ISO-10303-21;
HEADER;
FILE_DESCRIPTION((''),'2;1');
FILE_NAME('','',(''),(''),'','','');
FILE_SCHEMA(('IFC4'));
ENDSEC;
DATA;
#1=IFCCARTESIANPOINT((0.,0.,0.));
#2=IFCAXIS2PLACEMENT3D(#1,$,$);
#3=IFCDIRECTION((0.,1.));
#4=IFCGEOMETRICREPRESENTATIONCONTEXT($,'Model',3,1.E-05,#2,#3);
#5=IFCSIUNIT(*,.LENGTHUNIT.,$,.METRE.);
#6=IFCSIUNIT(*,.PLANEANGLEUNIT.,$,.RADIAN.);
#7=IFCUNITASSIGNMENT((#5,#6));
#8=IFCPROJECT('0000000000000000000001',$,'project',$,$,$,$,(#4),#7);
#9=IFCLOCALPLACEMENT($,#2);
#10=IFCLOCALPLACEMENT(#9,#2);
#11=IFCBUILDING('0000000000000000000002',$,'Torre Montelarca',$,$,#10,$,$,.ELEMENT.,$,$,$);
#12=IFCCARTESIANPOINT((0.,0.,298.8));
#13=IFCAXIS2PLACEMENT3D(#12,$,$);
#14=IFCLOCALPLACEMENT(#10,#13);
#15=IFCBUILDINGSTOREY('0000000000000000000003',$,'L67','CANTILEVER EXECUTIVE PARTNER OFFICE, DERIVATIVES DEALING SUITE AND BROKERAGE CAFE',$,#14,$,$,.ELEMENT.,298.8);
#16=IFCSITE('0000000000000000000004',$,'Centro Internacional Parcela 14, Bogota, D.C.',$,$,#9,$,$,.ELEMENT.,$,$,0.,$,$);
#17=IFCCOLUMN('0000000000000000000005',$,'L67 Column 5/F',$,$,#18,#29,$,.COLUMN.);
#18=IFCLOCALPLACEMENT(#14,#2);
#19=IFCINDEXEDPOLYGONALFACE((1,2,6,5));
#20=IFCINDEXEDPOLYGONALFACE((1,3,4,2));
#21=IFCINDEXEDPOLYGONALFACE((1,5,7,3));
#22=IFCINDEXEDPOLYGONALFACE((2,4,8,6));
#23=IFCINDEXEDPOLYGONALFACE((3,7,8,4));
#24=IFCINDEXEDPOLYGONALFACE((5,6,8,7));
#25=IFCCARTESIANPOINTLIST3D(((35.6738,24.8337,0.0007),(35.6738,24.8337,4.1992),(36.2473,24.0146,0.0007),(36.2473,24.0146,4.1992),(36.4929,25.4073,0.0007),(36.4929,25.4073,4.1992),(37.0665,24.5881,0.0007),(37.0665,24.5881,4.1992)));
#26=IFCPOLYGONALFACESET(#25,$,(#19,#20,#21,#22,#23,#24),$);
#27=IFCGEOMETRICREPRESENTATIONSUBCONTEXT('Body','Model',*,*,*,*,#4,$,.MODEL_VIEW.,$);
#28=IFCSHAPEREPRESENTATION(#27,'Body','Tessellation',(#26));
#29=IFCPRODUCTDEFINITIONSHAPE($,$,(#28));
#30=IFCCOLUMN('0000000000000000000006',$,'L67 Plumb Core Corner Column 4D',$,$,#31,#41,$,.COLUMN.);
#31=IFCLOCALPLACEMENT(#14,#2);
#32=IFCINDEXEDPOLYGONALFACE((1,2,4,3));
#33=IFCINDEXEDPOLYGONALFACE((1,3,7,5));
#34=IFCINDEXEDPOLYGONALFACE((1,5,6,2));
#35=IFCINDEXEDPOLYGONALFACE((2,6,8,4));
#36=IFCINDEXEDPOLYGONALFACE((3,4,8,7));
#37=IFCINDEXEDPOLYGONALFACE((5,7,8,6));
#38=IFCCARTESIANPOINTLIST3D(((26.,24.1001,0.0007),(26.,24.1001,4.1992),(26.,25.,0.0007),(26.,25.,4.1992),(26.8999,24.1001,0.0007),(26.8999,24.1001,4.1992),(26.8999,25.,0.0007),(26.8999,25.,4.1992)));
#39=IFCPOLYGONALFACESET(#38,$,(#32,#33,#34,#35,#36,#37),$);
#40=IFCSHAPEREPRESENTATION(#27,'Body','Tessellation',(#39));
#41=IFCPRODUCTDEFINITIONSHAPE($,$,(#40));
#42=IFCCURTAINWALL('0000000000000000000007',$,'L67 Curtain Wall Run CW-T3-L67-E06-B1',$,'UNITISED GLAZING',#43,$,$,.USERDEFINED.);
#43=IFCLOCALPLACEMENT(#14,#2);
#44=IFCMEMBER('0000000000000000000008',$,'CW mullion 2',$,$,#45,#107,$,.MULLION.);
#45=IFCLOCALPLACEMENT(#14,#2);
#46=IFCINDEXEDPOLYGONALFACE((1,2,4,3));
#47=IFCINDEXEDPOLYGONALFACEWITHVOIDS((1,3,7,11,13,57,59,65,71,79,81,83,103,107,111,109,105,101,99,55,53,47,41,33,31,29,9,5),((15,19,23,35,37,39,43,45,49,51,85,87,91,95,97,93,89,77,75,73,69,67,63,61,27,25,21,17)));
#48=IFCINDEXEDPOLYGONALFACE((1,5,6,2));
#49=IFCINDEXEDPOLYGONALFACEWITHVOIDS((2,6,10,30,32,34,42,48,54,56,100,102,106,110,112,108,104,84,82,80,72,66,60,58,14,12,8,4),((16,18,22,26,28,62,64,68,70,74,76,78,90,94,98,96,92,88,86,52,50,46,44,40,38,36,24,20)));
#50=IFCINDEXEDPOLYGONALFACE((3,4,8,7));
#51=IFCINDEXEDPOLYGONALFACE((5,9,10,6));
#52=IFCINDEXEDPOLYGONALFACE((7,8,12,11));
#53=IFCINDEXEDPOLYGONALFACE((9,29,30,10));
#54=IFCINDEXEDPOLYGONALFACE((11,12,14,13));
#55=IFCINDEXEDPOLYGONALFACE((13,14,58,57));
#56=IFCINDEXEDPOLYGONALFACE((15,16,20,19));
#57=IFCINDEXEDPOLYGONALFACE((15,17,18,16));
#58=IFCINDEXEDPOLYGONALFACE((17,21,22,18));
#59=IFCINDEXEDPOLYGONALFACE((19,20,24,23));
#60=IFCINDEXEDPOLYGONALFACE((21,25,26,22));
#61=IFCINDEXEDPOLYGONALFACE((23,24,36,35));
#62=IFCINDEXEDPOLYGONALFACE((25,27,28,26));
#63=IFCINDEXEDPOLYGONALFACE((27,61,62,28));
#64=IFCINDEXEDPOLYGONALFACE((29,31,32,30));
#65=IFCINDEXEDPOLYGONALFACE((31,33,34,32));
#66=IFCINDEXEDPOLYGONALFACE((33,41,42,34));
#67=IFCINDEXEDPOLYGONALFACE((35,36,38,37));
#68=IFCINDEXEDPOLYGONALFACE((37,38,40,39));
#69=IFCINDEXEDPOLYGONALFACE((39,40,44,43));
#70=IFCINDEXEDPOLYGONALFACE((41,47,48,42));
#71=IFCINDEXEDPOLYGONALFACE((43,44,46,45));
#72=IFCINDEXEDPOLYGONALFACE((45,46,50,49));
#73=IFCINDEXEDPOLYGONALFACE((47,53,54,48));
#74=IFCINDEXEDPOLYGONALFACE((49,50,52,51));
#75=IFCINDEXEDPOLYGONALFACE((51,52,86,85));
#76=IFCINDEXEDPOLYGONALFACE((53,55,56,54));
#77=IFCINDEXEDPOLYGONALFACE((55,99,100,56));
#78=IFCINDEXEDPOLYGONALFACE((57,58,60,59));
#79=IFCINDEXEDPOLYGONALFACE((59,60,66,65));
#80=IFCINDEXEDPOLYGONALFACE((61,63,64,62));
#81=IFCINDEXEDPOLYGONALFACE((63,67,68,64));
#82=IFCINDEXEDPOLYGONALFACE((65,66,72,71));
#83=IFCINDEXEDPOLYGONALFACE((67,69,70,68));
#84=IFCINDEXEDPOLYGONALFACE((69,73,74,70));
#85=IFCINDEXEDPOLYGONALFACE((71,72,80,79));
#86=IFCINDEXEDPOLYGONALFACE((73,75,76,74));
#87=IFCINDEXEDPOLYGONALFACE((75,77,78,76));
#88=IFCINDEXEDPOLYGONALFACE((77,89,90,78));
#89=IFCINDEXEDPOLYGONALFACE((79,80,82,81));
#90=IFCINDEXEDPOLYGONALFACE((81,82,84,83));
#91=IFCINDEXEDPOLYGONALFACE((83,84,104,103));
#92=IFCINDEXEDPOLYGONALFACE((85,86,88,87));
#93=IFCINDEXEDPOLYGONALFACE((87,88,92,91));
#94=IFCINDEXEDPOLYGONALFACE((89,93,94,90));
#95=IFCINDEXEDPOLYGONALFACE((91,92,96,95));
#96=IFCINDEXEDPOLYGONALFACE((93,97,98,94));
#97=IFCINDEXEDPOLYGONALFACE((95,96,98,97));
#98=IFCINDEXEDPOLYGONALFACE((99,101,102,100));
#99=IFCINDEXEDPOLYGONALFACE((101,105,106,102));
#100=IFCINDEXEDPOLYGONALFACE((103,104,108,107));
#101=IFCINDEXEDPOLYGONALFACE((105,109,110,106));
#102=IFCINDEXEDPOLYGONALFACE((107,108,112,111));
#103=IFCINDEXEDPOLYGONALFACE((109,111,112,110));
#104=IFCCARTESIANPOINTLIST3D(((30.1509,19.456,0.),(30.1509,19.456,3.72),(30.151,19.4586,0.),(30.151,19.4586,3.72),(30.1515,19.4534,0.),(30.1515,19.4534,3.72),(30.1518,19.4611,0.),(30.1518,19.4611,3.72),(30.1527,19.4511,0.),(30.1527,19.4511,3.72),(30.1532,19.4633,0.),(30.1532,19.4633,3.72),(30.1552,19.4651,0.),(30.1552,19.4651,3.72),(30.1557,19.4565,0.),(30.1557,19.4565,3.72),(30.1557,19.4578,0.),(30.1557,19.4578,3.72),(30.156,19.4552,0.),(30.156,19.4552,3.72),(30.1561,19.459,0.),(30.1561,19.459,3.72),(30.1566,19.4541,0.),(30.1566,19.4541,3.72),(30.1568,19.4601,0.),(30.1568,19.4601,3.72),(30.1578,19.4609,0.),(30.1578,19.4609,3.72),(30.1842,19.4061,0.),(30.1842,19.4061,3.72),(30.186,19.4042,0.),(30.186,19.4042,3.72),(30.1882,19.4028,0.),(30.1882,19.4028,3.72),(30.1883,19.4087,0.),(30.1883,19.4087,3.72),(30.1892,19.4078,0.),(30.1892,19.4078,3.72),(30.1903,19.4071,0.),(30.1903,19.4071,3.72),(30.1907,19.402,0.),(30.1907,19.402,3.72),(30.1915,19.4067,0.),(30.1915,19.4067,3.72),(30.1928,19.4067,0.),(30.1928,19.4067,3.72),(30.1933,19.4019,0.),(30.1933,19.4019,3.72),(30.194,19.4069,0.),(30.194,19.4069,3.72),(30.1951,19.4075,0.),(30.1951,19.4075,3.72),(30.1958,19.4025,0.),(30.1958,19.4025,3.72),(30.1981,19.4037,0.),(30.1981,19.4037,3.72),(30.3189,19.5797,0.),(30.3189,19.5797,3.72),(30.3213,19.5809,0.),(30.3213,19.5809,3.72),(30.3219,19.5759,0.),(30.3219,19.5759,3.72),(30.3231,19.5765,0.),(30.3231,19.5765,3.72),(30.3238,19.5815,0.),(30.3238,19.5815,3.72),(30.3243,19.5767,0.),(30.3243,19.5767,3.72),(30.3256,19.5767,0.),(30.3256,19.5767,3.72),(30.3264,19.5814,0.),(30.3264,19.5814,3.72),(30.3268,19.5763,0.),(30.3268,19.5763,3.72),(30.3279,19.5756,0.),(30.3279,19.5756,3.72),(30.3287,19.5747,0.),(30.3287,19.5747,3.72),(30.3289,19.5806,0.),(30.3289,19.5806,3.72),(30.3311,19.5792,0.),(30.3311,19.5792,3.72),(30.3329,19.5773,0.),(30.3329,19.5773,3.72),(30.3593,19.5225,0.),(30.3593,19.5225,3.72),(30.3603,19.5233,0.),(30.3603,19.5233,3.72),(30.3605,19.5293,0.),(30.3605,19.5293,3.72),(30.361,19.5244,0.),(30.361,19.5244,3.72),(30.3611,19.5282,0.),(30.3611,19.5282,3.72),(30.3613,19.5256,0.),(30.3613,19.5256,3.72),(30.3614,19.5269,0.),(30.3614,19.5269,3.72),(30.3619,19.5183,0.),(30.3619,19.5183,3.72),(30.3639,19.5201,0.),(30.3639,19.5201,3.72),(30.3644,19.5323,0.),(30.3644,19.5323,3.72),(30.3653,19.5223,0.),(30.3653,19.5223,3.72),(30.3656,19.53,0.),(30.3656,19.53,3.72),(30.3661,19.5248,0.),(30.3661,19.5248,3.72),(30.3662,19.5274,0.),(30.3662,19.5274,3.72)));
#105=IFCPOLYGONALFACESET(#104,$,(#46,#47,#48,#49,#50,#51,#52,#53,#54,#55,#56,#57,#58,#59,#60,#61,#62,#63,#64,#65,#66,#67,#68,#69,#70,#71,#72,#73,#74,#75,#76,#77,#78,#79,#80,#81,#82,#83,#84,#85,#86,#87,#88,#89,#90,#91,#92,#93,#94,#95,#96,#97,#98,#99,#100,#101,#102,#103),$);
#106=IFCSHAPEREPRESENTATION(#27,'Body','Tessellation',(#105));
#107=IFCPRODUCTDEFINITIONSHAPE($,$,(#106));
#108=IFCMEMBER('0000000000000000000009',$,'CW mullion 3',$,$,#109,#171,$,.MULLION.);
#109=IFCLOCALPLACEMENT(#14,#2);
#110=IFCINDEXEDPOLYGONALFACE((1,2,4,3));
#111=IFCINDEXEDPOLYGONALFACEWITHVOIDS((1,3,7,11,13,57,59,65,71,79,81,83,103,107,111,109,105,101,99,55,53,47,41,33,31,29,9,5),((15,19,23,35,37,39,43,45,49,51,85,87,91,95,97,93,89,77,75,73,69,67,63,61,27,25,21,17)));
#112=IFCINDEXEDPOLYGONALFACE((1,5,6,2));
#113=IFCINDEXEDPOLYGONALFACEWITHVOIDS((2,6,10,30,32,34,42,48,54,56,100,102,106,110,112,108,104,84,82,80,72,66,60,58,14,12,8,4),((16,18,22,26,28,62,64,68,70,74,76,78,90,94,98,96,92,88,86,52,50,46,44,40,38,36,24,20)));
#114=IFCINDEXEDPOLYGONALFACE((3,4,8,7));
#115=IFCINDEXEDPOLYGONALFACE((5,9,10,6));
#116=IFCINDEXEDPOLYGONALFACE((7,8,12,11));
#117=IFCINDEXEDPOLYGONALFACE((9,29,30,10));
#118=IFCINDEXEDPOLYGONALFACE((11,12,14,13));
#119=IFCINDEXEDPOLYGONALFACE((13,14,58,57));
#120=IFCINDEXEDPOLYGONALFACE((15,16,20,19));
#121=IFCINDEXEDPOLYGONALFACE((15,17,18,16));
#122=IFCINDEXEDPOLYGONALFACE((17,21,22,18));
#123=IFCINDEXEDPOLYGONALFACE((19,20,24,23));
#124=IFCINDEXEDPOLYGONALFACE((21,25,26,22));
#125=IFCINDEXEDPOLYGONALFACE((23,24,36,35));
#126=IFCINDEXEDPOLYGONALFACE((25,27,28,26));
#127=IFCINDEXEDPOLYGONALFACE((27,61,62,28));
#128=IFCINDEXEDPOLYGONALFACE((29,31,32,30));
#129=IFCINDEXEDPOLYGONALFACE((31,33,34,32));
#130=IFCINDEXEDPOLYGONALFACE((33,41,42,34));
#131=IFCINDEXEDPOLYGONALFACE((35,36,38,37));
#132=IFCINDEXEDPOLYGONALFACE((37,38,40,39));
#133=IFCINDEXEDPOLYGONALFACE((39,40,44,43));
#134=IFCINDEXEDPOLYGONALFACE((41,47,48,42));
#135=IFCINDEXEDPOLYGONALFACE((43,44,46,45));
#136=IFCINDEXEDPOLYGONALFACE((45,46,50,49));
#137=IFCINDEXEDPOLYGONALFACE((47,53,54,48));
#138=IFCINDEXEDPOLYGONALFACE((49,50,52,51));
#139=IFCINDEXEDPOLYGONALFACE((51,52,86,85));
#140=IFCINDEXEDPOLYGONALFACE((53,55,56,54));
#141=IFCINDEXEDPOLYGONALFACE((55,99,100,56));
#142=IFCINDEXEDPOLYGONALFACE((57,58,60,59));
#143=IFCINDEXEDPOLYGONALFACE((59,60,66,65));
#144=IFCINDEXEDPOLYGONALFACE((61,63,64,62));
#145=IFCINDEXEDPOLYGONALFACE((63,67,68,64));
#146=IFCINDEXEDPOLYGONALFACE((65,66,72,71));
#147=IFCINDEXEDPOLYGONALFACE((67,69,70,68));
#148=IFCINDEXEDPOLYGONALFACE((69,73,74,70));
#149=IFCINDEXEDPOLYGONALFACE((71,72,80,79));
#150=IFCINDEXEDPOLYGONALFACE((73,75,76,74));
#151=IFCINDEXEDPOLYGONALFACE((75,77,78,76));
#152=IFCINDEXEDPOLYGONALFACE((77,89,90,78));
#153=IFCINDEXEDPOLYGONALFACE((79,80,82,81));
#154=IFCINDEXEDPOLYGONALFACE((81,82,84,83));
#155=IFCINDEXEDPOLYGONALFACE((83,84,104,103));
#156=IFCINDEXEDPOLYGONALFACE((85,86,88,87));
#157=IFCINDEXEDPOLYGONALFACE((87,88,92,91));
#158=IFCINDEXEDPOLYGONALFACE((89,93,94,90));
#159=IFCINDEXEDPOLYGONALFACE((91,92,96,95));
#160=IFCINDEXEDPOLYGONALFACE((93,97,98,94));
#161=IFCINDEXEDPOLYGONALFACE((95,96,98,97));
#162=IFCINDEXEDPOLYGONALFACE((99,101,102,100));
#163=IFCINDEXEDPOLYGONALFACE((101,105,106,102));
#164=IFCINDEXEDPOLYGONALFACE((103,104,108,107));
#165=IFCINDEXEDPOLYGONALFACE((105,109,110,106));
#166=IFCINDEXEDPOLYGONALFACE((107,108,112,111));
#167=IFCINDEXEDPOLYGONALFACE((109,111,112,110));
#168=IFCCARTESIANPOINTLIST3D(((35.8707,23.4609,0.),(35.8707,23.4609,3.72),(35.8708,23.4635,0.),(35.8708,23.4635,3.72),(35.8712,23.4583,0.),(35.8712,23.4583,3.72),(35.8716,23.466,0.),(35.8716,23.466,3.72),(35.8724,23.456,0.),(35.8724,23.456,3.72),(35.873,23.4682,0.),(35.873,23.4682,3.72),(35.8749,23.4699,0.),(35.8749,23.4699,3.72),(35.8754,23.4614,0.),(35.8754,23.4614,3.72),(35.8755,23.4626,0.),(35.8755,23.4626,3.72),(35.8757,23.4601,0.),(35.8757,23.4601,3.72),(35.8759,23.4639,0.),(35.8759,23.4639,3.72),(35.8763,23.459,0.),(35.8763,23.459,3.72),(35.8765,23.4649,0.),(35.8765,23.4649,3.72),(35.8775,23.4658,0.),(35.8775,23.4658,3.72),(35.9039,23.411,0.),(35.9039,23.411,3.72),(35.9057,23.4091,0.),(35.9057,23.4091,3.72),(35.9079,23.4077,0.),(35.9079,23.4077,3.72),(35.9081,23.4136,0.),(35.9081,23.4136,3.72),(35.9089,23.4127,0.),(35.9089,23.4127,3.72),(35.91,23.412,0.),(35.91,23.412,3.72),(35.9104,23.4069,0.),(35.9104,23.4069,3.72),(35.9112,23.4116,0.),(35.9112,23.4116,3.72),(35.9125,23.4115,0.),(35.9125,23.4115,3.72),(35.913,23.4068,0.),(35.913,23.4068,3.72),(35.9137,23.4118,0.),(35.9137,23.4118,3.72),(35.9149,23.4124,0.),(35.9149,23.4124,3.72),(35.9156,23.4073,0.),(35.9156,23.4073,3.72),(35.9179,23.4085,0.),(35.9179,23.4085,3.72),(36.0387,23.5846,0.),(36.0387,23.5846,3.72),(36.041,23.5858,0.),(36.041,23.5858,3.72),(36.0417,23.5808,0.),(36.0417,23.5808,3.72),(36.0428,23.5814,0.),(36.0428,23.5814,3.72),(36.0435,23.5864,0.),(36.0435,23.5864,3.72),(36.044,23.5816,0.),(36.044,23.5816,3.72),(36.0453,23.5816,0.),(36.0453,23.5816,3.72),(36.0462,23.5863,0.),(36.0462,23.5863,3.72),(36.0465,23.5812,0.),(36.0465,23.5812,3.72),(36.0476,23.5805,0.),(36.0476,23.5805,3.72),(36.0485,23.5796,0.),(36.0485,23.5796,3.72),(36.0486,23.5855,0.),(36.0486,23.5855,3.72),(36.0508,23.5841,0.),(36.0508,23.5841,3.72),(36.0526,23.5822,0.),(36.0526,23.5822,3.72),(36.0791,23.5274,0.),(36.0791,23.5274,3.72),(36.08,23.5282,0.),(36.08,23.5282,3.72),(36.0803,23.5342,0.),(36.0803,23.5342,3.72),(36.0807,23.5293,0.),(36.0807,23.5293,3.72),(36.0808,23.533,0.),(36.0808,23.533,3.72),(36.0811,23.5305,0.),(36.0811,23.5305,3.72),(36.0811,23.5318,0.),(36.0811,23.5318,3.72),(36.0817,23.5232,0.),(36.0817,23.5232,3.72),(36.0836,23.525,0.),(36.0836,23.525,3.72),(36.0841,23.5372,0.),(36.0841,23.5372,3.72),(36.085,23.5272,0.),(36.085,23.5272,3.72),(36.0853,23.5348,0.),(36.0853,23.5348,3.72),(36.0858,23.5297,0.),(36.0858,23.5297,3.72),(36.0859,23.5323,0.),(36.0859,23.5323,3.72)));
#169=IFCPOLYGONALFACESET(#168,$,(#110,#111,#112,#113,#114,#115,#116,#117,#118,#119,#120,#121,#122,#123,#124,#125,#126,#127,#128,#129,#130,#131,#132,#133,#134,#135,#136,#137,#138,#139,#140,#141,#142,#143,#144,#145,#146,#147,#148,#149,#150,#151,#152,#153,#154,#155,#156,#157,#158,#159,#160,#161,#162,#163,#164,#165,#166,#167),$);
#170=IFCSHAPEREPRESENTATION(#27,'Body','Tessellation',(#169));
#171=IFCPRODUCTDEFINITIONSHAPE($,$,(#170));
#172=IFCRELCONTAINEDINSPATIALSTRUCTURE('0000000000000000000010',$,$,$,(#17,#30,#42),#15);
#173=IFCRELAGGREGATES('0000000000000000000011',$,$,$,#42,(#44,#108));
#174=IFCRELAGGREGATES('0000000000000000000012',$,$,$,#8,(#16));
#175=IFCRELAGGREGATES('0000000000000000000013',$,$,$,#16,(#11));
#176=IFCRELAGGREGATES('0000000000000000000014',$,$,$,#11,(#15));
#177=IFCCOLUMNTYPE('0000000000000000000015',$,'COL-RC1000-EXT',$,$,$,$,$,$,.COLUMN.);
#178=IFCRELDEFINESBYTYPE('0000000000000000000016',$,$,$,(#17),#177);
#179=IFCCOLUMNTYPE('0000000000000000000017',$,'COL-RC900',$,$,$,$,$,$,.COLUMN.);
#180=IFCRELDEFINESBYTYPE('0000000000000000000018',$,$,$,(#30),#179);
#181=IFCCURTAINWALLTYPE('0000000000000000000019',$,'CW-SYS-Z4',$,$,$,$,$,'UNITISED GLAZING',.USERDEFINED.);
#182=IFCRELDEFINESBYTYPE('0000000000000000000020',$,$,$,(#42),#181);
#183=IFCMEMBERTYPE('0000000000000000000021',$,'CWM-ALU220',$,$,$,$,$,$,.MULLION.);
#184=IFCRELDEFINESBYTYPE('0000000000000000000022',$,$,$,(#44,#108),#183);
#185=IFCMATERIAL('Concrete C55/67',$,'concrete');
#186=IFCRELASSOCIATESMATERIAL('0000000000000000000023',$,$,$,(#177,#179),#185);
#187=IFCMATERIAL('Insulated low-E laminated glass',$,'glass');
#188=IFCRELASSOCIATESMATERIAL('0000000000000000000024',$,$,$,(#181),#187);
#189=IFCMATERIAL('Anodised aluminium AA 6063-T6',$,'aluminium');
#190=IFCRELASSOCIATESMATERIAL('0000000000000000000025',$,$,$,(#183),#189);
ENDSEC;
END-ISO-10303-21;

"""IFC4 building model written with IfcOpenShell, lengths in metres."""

from ifc_helpers import new_model, si_unit, direction, frame, origin, origin_2d, place, context, subcontext, project, spatial, rectangle, hollow_rectangle, extrude, source, transform, mapped, material, material_profile, profile_set, type_object, element, aggregate, save


model = new_model("IFC4")

# Units and contexts
model_context = context("Model", 3, precision=1e-05, world=origin(), true_north=direction((0.0, 1.0)))
body_context = subcontext(model_context, "Body", "Model", "MODEL_VIEW")
ifc_project = project(units=[si_unit("LENGTHUNIT", "METRE"), si_unit("PLANEANGLEUNIT", "RADIAN")], contexts=[model_context])

# Site, building, storey
site_placement = place(None, origin())
site = spatial("IfcSite", under=ifc_project, at=site_placement, Name="Centro Internacional Parcela 14, Bogota, D.C.", CompositionType="ELEMENT", RefElevation=0.0)
building_placement = place(site_placement, origin())
building = spatial("IfcBuilding", under=site, at=building_placement, Name="Torre Montelarca", CompositionType="ELEMENT")
storey_placement = place(building_placement, frame((0.0, 0.0, 298.8)))
storey = spatial("IfcBuildingStorey", under=building, at=storey_placement, Name="L67", Description="CANTILEVER EXECUTIVE PARTNER OFFICE, DERIVATIVES DEALING SUITE AND BROKERAGE CAFE", CompositionType="ELEMENT", Elevation=298.8)

# Columns
ifc_material_1 = material(Name="Concrete C55/67", Category="concrete")
ifc_material_profile_1 = material_profile(ifc_material_1, rectangle(XDim=1.0, YDim=1.0, at=origin_2d()), Name="RC1000X1000", Category="concrete")
ifc_profile_set_1 = profile_set([ifc_material_profile_1], Name="Concrete C55/67")
column_type_1 = type_object("IfcColumnType", Name="COL-RC1000-EXT", PredefinedType="COLUMN", material=ifc_profile_set_1)
shared_shape_1 = source(origin(), body_context, "Body", "SweptSolid", [
    extrude(rectangle(XDim=1.0, YDim=1.0, at=origin_2d()), origin(), (0.0, 0.0, 1.0), 4.1985),
])
column_1_placement = place(storey_placement, frame((36.3701, 24.7109, 0.0007), z_axis=(0.0, 0.0, 1.0), x_axis=(-0.573576, 0.819152, 0.0)))
element("IfcColumn", 1, at=column_1_placement, inside=storey, type_object=column_type_1, Name="L67 Column 5/F", PredefinedType="COLUMN", context=body_context, shape_type="MappedRepresentation", body=[
    mapped(shared_shape_1, transform((0.0, 0.0, 0.0), scale=1.0)),
])
ifc_material_profile_2 = material_profile(ifc_material_1, rectangle(XDim=0.8999, YDim=0.8999, at=origin_2d()), Name="RC900X900", Category="concrete")
ifc_profile_set_2 = profile_set([ifc_material_profile_2], Name="Concrete C55/67")
column_type_2 = type_object("IfcColumnType", Name="COL-RC900", PredefinedType="COLUMN", material=ifc_profile_set_2)
shared_shape_2 = source(origin(), body_context, "Body", "SweptSolid", [
    extrude(rectangle(XDim=0.8999, YDim=0.8999, at=origin_2d()), origin(), (0.0, 0.0, 1.0), 4.1985),
])
column_2_placement = place(storey_placement, frame((26.45, 24.55, 0.0007), z_axis=(0.0, 0.0, 1.0), x_axis=(1.0, 0.0, 0.0)))
element("IfcColumn", 2, at=column_2_placement, inside=storey, type_object=column_type_2, Name="L67 Plumb Core Corner Column 4D", PredefinedType="COLUMN", context=body_context, shape_type="MappedRepresentation", body=[
    mapped(shared_shape_2, transform((0.0, 0.0, 0.0), scale=1.0)),
])

# Curtain wall, members
ifc_material_2 = material(Name="Insulated low-E laminated glass", Category="glass")
curtain_wall_type = type_object("IfcCurtainWallType", Name="CW-SYS-Z4", ElementType="UNITISED GLAZING", PredefinedType="USERDEFINED", material=ifc_material_2)
curtain_wall_1_placement = place(storey_placement, origin())
curtain_wall_1 = element("IfcCurtainWall", 3, at=curtain_wall_1_placement, inside=storey, type_object=curtain_wall_type, Name="L67 Curtain Wall Run CW-T3-L67-E06-B1", ObjectType="UNITISED GLAZING", PredefinedType="USERDEFINED")
ifc_material_3 = material(Name="Anodised aluminium AA 6063-T6", Category="aluminium")
ifc_material_profile_3 = material_profile(ifc_material_3, hollow_rectangle(XDim=0.075, YDim=0.22, WallThickness=0.0049, InnerFilletRadius=0.0049, OuterFilletRadius=0.01, at=origin_2d()), Name="ALU75X220X5", Category="aluminium")
ifc_profile_set_3 = profile_set([ifc_material_profile_3], Name="Anodised aluminium AA 6063-T6")
member_type_1 = type_object("IfcMemberType", Name="CWM-ALU220", PredefinedType="MULLION", material=ifc_profile_set_3)
shared_shape_3 = source(origin(), body_context, "Body", "SweptSolid", [
    extrude(hollow_rectangle(XDim=0.075, YDim=0.22, WallThickness=0.0049, InnerFilletRadius=0.0049, OuterFilletRadius=0.01, at=origin_2d()), origin(), (0.0, 0.0, 1.0), 3.72),
])
member_1_placement = place(storey_placement, frame((30.2585, 19.4917, 0.0), z_axis=(0.0, 0.0, 1.0), x_axis=(-0.573572, 0.819155, 0.0)))
member_1 = element("IfcMember", 4, at=member_1_placement, type_object=member_type_1, Name="CW mullion 2", PredefinedType="MULLION", context=body_context, shape_type="MappedRepresentation", body=[
    mapped(shared_shape_3, transform((0.0, 0.0, 0.0), scale=1.0)),
])
member_2_placement = place(storey_placement, frame((35.9783, 23.4966, 0.0), z_axis=(0.0, 0.0, 1.0), x_axis=(-0.573572, 0.819155, 0.0)))
member_2 = element("IfcMember", 5, at=member_2_placement, type_object=member_type_1, Name="CW mullion 3", PredefinedType="MULLION", context=body_context, shape_type="MappedRepresentation", body=[
    mapped(shared_shape_3, transform((0.0, 0.0, 0.0), scale=1.0)),
])

aggregate(curtain_wall_1, [member_1, member_2])

save(model, "model.ifc")
